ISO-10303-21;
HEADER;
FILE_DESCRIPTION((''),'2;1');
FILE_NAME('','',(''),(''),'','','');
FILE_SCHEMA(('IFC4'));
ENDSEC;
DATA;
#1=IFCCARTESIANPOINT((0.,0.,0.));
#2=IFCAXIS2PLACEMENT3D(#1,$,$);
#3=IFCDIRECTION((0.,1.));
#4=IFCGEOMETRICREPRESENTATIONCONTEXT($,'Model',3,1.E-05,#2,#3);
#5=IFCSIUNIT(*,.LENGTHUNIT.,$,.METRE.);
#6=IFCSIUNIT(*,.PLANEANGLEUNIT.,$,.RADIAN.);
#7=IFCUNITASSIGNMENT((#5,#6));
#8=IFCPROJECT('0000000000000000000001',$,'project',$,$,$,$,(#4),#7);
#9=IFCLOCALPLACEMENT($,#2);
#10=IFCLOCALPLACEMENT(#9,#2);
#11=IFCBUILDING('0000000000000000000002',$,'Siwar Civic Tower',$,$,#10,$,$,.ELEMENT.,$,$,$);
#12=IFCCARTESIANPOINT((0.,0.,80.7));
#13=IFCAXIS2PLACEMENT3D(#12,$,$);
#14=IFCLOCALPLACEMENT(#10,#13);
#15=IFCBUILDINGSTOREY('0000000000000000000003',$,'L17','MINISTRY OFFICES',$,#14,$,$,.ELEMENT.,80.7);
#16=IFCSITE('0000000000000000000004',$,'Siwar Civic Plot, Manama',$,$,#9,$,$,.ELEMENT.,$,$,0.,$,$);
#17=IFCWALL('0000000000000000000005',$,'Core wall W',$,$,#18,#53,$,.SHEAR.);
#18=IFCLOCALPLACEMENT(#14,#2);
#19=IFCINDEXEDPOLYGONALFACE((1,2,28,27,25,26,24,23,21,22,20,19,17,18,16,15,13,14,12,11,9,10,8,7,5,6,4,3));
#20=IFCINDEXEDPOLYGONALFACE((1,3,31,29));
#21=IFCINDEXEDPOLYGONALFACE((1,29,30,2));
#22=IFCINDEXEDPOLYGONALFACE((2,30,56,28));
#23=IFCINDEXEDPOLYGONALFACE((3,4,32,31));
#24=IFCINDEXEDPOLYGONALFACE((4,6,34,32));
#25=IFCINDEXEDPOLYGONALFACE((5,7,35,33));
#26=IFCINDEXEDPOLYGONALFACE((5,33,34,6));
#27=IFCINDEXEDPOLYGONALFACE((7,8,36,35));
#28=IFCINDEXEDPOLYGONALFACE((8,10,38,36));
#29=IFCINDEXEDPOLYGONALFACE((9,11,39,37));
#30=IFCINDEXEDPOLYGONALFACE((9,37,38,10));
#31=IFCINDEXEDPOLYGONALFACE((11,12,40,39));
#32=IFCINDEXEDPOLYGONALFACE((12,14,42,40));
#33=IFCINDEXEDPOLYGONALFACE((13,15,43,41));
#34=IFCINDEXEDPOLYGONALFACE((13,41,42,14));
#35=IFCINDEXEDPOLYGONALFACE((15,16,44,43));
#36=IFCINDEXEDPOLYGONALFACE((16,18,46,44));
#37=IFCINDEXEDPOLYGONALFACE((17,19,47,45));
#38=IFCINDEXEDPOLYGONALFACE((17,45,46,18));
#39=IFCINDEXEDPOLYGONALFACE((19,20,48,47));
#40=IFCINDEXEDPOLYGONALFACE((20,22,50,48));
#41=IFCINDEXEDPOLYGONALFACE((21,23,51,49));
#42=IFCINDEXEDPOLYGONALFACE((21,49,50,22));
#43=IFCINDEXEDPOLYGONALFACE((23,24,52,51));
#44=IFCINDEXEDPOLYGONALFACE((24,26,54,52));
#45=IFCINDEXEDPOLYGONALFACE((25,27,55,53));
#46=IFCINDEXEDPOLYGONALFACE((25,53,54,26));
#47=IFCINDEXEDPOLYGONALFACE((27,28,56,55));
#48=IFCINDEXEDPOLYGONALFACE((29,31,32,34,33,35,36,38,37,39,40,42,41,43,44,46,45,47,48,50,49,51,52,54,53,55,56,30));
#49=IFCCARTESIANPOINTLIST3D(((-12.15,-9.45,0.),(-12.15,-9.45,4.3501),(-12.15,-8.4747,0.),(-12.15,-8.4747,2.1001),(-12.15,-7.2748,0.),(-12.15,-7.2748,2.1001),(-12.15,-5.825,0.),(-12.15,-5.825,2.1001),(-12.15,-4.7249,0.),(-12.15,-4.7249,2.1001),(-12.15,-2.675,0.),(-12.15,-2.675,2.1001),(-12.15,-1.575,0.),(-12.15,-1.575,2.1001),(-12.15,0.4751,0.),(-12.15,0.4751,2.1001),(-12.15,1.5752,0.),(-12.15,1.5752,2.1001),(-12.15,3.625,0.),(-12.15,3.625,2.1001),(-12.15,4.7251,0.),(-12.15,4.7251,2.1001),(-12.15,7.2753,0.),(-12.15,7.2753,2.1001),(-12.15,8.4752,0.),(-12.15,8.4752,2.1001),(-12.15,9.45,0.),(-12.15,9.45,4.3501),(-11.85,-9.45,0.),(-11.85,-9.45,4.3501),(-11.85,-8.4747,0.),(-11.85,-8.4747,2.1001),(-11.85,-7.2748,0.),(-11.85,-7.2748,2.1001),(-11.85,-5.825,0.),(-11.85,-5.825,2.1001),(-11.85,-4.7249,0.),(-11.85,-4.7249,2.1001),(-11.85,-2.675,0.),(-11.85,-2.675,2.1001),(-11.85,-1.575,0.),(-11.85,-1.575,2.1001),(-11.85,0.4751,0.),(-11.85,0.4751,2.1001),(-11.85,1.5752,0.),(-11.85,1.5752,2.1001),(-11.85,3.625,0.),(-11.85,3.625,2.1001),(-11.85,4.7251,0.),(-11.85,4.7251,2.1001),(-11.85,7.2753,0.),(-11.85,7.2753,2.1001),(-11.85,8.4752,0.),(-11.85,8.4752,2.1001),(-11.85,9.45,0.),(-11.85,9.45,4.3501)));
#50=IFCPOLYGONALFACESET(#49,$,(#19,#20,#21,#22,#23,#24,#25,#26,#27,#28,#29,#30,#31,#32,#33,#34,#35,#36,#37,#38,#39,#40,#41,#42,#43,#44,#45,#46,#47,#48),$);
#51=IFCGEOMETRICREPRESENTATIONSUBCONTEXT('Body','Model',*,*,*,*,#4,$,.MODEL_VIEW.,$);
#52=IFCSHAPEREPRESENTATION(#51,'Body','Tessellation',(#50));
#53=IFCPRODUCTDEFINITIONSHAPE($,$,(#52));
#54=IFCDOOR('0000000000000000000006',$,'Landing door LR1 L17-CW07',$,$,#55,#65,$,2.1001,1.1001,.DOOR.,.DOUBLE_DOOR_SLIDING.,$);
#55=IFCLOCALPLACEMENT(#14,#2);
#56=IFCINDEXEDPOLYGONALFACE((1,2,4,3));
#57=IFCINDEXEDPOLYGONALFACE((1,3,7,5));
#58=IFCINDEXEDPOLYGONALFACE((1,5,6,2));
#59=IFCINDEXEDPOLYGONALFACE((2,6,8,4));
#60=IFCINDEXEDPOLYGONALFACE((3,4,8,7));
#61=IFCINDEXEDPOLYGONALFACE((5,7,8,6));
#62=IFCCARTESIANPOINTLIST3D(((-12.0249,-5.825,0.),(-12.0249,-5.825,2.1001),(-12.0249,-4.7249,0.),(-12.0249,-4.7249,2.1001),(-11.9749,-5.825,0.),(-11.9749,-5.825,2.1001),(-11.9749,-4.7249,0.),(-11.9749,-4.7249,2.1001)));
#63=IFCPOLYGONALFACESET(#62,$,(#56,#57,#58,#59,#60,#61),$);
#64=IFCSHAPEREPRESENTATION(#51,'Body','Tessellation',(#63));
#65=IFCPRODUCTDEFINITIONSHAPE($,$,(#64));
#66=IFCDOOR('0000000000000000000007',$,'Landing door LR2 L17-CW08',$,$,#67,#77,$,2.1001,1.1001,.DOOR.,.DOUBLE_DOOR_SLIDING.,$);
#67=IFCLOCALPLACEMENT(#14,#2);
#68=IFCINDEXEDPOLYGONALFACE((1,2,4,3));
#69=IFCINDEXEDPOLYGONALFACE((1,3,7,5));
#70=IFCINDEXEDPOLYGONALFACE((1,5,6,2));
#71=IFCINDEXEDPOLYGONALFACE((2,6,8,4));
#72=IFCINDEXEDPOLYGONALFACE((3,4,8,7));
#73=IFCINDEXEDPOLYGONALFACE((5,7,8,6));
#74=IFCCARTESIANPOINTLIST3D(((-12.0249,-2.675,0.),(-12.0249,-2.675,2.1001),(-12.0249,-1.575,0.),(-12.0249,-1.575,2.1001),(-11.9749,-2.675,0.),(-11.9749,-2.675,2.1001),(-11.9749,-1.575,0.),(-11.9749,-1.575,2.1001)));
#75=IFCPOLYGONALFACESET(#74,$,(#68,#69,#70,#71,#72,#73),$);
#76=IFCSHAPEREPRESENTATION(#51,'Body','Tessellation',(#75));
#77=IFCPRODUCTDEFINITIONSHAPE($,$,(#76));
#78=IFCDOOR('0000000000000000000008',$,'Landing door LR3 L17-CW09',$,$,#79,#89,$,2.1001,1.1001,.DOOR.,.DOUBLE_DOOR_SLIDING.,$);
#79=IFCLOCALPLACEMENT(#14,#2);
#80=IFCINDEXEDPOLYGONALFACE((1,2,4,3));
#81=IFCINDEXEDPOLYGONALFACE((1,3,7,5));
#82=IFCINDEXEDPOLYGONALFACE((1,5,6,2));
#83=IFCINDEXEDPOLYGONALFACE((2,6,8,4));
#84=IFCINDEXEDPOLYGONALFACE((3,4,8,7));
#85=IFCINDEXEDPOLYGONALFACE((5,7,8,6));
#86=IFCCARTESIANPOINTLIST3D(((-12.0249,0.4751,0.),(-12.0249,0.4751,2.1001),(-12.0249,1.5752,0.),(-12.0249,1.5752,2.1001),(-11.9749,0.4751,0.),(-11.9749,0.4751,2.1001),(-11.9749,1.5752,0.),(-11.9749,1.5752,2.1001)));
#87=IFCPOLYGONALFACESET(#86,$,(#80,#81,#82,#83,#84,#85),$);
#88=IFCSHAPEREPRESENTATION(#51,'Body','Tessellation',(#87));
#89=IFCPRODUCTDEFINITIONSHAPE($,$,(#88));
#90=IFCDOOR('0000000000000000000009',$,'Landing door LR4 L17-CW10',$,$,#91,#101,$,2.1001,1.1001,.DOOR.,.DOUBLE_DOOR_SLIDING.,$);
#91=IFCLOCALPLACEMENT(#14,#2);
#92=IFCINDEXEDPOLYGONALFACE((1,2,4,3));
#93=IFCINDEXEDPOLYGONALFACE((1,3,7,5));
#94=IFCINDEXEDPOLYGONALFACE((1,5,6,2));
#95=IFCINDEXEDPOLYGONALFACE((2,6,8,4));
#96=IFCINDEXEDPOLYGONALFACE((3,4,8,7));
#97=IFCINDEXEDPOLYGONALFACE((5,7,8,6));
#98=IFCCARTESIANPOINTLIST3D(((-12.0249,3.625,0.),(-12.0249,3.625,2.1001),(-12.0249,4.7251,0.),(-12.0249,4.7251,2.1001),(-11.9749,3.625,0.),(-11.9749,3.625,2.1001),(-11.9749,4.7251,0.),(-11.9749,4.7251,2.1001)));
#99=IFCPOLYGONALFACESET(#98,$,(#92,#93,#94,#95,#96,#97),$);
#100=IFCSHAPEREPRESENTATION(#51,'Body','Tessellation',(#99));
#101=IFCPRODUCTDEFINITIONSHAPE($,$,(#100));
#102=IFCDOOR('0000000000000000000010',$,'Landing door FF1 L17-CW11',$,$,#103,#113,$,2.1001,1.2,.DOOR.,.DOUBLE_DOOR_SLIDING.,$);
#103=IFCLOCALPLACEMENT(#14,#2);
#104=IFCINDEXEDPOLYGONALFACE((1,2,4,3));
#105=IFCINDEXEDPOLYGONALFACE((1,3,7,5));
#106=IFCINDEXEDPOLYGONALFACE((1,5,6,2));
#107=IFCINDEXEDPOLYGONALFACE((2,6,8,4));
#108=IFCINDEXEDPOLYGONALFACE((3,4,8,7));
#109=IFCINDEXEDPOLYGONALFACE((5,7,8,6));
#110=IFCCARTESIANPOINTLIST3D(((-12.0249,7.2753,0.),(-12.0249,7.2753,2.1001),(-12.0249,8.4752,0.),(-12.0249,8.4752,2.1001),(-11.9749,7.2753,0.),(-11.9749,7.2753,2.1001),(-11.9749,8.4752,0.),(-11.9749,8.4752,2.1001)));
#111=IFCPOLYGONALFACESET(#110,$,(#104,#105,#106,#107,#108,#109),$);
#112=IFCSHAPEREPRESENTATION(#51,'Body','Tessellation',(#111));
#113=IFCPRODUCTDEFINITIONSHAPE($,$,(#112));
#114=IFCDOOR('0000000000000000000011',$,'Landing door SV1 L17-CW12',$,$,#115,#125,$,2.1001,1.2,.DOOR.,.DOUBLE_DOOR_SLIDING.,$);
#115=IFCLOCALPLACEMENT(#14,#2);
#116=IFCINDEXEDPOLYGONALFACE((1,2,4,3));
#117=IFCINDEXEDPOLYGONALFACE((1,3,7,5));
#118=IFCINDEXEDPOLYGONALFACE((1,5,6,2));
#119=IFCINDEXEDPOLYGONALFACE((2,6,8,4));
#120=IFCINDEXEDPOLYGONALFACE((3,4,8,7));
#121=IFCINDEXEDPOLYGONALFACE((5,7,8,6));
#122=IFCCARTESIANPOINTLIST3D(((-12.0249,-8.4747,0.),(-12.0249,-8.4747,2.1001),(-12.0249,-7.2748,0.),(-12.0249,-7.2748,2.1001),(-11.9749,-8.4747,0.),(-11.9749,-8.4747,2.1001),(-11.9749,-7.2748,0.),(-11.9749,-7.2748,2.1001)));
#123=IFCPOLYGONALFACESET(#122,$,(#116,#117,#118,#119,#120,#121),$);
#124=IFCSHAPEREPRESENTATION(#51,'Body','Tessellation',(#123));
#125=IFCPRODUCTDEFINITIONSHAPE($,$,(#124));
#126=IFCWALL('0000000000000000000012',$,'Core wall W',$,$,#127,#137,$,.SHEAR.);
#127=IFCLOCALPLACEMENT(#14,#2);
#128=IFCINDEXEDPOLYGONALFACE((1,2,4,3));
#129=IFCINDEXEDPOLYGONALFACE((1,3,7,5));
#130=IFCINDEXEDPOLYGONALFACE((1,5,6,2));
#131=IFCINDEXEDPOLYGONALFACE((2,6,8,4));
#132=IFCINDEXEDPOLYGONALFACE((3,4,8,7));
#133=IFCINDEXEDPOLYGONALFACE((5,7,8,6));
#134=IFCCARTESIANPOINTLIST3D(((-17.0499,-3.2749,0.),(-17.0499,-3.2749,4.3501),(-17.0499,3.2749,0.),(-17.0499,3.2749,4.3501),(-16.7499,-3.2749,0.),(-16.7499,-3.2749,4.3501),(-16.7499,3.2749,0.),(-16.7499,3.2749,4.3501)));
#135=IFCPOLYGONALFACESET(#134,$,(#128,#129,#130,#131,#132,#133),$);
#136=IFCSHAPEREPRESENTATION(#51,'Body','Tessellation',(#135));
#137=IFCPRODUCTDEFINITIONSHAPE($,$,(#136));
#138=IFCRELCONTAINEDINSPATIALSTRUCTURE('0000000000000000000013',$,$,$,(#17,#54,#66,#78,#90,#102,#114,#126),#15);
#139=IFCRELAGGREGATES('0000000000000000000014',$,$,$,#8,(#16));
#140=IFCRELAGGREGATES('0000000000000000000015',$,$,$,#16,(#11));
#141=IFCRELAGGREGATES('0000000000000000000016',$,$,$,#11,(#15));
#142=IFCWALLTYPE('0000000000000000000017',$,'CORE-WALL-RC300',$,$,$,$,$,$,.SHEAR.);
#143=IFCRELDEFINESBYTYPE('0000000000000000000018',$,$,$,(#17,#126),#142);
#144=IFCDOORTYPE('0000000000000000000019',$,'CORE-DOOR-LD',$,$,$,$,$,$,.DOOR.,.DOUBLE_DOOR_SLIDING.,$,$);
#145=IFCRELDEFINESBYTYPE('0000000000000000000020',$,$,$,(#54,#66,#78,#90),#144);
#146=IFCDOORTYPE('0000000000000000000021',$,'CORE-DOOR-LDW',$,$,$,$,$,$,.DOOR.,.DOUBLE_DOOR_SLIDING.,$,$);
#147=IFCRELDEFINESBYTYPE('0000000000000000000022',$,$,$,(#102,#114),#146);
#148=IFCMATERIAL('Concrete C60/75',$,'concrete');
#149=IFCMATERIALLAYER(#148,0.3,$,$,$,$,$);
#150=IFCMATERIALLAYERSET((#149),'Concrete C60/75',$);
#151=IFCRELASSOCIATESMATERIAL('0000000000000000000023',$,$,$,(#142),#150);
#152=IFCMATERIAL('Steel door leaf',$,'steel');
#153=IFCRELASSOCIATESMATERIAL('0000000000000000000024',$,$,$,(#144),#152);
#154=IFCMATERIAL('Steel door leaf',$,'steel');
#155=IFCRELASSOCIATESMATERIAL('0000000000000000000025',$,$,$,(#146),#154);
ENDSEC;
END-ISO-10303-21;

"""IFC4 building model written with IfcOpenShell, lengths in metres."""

from ifc_helpers import new_model, si_unit, direction, frame, frame_2d, origin, place, context, subcontext, project, spatial, rectangle, extrude, material, layer, layer_set, type_object, element, fill, save


model = new_model("IFC4")

# Units and contexts
model_context = context("Model", 3, precision=1e-05, world=origin(), true_north=direction((0.0, 1.0)))
body_context = subcontext(model_context, "Body", "Model", "MODEL_VIEW")
ifc_project = project(units=[si_unit("LENGTHUNIT", "METRE"), si_unit("PLANEANGLEUNIT", "RADIAN")], contexts=[model_context])

# Site, building, storey
site_placement = place(None, origin())
site = spatial("IfcSite", under=ifc_project, at=site_placement, Name="Siwar Civic Plot, Manama", CompositionType="ELEMENT", RefElevation=0.0)
building_placement = place(site_placement, origin())
building = spatial("IfcBuilding", under=site, at=building_placement, Name="Siwar Civic Tower", CompositionType="ELEMENT")
storey_placement = place(building_placement, frame((0.0, 0.0, 80.7)))
storey = spatial("IfcBuildingStorey", under=building, at=storey_placement, Name="L17", Description="MINISTRY OFFICES", CompositionType="ELEMENT", Elevation=80.7)

# Wall, openings, doors
ifc_material_1 = material(Name="Concrete C60/75", Category="concrete")
ifc_layer_1 = layer(ifc_material_1, 0.3)
ifc_layer_set_1 = layer_set([ifc_layer_1], Name="Concrete C60/75")
wall_type_1 = type_object("IfcWallType", Name="CORE-WALL-RC300", PredefinedType="SHEAR", material=ifc_layer_set_1)
wall_1_placement = place(storey_placement, frame((-12.0, -9.45, 0.0), z_axis=(0.0, 0.0, 1.0), x_axis=(0.0, 1.0, 0.0)))
wall_1 = element("IfcWall", 1, at=wall_1_placement, inside=storey, type_object=wall_type_1, Name="Core wall W", PredefinedType="SHEAR", context=body_context, shape_type="SweptSolid", body=[
    extrude(rectangle(XDim=18.8999, YDim=0.3, at=frame_2d((9.45, 0.0))), origin(), (0.0, 0.0, 1.0), 4.3501),
])
opening_1_placement = place(wall_1_placement, frame((3.625, 0.0, 0.0)))
opening_1 = element("IfcOpeningElement", 2, at=opening_1_placement, cuts=wall_1, PredefinedType="OPENING", context=body_context, shape_type="SweptSolid", body=[
    extrude(rectangle(XDim=1.1001, YDim=2.1001, at=frame_2d((0.55, 1.05))), frame((0.0, 0.1602, 0.0), z_axis=(0.0, -1.0, 0.0), x_axis=(1.0, 0.0, 0.0)), (0.0, 0.0, 1.0), 0.3201),
])
opening_2_placement = place(wall_1_placement, frame((6.7749, 0.0, 0.0)))
opening_2 = element("IfcOpeningElement", 3, at=opening_2_placement, cuts=wall_1, PredefinedType="OPENING", context=body_context, shape_type="SweptSolid", body=[
    extrude(rectangle(XDim=1.1001, YDim=2.1001, at=frame_2d((0.55, 1.05))), frame((0.0, 0.1602, 0.0), z_axis=(0.0, -1.0, 0.0), x_axis=(1.0, 0.0, 0.0)), (0.0, 0.0, 1.0), 0.3201),
])
opening_3_placement = place(wall_1_placement, frame((9.925, 0.0, 0.0)))
opening_3 = element("IfcOpeningElement", 4, at=opening_3_placement, cuts=wall_1, PredefinedType="OPENING", context=body_context, shape_type="SweptSolid", body=[
    extrude(rectangle(XDim=1.1001, YDim=2.1001, at=frame_2d((0.55, 1.05))), frame((0.0, 0.1602, 0.0), z_axis=(0.0, -1.0, 0.0), x_axis=(1.0, 0.0, 0.0)), (0.0, 0.0, 1.0), 0.3201),
])
opening_4_placement = place(wall_1_placement, frame((13.075, 0.0, 0.0)))
opening_4 = element("IfcOpeningElement", 5, at=opening_4_placement, cuts=wall_1, PredefinedType="OPENING", context=body_context, shape_type="SweptSolid", body=[
    extrude(rectangle(XDim=1.1001, YDim=2.1001, at=frame_2d((0.55, 1.05))), frame((0.0, 0.1602, 0.0), z_axis=(0.0, -1.0, 0.0), x_axis=(1.0, 0.0, 0.0)), (0.0, 0.0, 1.0), 0.3201),
])
opening_5_placement = place(wall_1_placement, frame((16.7251, 0.0, 0.0)))
opening_5 = element("IfcOpeningElement", 6, at=opening_5_placement, cuts=wall_1, PredefinedType="OPENING", context=body_context, shape_type="SweptSolid", body=[
    extrude(rectangle(XDim=1.2, YDim=2.1001, at=frame_2d((0.6001, 1.05))), frame((0.0, 0.1602, 0.0), z_axis=(0.0, -1.0, 0.0), x_axis=(1.0, 0.0, 0.0)), (0.0, 0.0, 1.0), 0.3201),
])
opening_6_placement = place(wall_1_placement, frame((0.9751, 0.0, 0.0)))
opening_6 = element("IfcOpeningElement", 7, at=opening_6_placement, cuts=wall_1, PredefinedType="OPENING", context=body_context, shape_type="SweptSolid", body=[
    extrude(rectangle(XDim=1.2, YDim=2.1001, at=frame_2d((0.6001, 1.05))), frame((0.0, 0.1602, 0.0), z_axis=(0.0, -1.0, 0.0), x_axis=(1.0, 0.0, 0.0)), (0.0, 0.0, 1.0), 0.3201),
])
ifc_material_2 = material(Name="Steel door leaf", Category="steel")
door_type_1 = type_object("IfcDoorType", Name="CORE-DOOR-LD", OperationType="DOUBLE_DOOR_SLIDING", PredefinedType="DOOR", material=ifc_material_2)
door_1_placement = place(opening_1_placement, origin())
door_1 = element("IfcDoor", 8, at=door_1_placement, inside=storey, type_object=door_type_1, Name="Landing door LR1 L17-CW07", OperationType="DOUBLE_DOOR_SLIDING", OverallHeight=2.1001, OverallWidth=1.1001, PredefinedType="DOOR", context=body_context, shape_type="SweptSolid", body=[
    extrude(rectangle(XDim=1.1001, YDim=2.1001, at=frame_2d((0.55, 1.05))), frame((0.0, 0.0249, 0.0), z_axis=(0.0, -1.0, 0.0), x_axis=(1.0, 0.0, 0.0)), (0.0, 0.0, 1.0), 0.05),
])
fill(opening_1, door_1)
door_2_placement = place(opening_2_placement, origin())
door_2 = element("IfcDoor", 9, at=door_2_placement, inside=storey, type_object=door_type_1, Name="Landing door LR2 L17-CW08", OperationType="DOUBLE_DOOR_SLIDING", OverallHeight=2.1001, OverallWidth=1.1001, PredefinedType="DOOR", context=body_context, shape_type="SweptSolid", body=[
    extrude(rectangle(XDim=1.1001, YDim=2.1001, at=frame_2d((0.55, 1.05))), frame((0.0, 0.0249, 0.0), z_axis=(0.0, -1.0, 0.0), x_axis=(1.0, 0.0, 0.0)), (0.0, 0.0, 1.0), 0.05),
])
fill(opening_2, door_2)
door_3_placement = place(opening_3_placement, origin())
door_3 = element("IfcDoor", 10, at=door_3_placement, inside=storey, type_object=door_type_1, Name="Landing door LR3 L17-CW09", OperationType="DOUBLE_DOOR_SLIDING", OverallHeight=2.1001, OverallWidth=1.1001, PredefinedType="DOOR", context=body_context, shape_type="SweptSolid", body=[
    extrude(rectangle(XDim=1.1001, YDim=2.1001, at=frame_2d((0.55, 1.05))), frame((0.0, 0.0249, 0.0), z_axis=(0.0, -1.0, 0.0), x_axis=(1.0, 0.0, 0.0)), (0.0, 0.0, 1.0), 0.05),
])
fill(opening_3, door_3)
door_4_placement = place(opening_4_placement, origin())
door_4 = element("IfcDoor", 11, at=door_4_placement, inside=storey, type_object=door_type_1, Name="Landing door LR4 L17-CW10", OperationType="DOUBLE_DOOR_SLIDING", OverallHeight=2.1001, OverallWidth=1.1001, PredefinedType="DOOR", context=body_context, shape_type="SweptSolid", body=[
    extrude(rectangle(XDim=1.1001, YDim=2.1001, at=frame_2d((0.55, 1.05))), frame((0.0, 0.0249, 0.0), z_axis=(0.0, -1.0, 0.0), x_axis=(1.0, 0.0, 0.0)), (0.0, 0.0, 1.0), 0.05),
])
fill(opening_4, door_4)
ifc_material_3 = material(Name="Steel door leaf", Category="steel")
door_type_2 = type_object("IfcDoorType", Name="CORE-DOOR-LDW", OperationType="DOUBLE_DOOR_SLIDING", PredefinedType="DOOR", material=ifc_material_3)
door_5_placement = place(opening_5_placement, origin())
door_5 = element("IfcDoor", 12, at=door_5_placement, inside=storey, type_object=door_type_2, Name="Landing door FF1 L17-CW11", OperationType="DOUBLE_DOOR_SLIDING", OverallHeight=2.1001, OverallWidth=1.2, PredefinedType="DOOR", context=body_context, shape_type="SweptSolid", body=[
    extrude(rectangle(XDim=1.2, YDim=2.1001, at=frame_2d((0.6001, 1.05))), frame((0.0, 0.0249, 0.0), z_axis=(0.0, -1.0, 0.0), x_axis=(1.0, 0.0, 0.0)), (0.0, 0.0, 1.0), 0.05),
])
fill(opening_5, door_5)
door_6_placement = place(opening_6_placement, origin())
door_6 = element("IfcDoor", 13, at=door_6_placement, inside=storey, type_object=door_type_2, Name="Landing door SV1 L17-CW12", OperationType="DOUBLE_DOOR_SLIDING", OverallHeight=2.1001, OverallWidth=1.2, PredefinedType="DOOR", context=body_context, shape_type="SweptSolid", body=[
    extrude(rectangle(XDim=1.2, YDim=2.1001, at=frame_2d((0.6001, 1.05))), frame((0.0, 0.0249, 0.0), z_axis=(0.0, -1.0, 0.0), x_axis=(1.0, 0.0, 0.0)), (0.0, 0.0, 1.0), 0.05),
])
fill(opening_6, door_6)

# Wall
wall_2_placement = place(storey_placement, frame((-16.8999, -3.2749, 0.0), z_axis=(0.0, 0.0, 1.0), x_axis=(0.0, 1.0, 0.0)))
element("IfcWall", 14, at=wall_2_placement, inside=storey, type_object=wall_type_1, Name="Core wall W", PredefinedType="SHEAR", context=body_context, shape_type="SweptSolid", body=[
    extrude(rectangle(XDim=6.5498, YDim=0.3, at=frame_2d((3.2749, 0.0))), origin(), (0.0, 0.0, 1.0), 4.3501),
])

save(model, "model.ifc")
